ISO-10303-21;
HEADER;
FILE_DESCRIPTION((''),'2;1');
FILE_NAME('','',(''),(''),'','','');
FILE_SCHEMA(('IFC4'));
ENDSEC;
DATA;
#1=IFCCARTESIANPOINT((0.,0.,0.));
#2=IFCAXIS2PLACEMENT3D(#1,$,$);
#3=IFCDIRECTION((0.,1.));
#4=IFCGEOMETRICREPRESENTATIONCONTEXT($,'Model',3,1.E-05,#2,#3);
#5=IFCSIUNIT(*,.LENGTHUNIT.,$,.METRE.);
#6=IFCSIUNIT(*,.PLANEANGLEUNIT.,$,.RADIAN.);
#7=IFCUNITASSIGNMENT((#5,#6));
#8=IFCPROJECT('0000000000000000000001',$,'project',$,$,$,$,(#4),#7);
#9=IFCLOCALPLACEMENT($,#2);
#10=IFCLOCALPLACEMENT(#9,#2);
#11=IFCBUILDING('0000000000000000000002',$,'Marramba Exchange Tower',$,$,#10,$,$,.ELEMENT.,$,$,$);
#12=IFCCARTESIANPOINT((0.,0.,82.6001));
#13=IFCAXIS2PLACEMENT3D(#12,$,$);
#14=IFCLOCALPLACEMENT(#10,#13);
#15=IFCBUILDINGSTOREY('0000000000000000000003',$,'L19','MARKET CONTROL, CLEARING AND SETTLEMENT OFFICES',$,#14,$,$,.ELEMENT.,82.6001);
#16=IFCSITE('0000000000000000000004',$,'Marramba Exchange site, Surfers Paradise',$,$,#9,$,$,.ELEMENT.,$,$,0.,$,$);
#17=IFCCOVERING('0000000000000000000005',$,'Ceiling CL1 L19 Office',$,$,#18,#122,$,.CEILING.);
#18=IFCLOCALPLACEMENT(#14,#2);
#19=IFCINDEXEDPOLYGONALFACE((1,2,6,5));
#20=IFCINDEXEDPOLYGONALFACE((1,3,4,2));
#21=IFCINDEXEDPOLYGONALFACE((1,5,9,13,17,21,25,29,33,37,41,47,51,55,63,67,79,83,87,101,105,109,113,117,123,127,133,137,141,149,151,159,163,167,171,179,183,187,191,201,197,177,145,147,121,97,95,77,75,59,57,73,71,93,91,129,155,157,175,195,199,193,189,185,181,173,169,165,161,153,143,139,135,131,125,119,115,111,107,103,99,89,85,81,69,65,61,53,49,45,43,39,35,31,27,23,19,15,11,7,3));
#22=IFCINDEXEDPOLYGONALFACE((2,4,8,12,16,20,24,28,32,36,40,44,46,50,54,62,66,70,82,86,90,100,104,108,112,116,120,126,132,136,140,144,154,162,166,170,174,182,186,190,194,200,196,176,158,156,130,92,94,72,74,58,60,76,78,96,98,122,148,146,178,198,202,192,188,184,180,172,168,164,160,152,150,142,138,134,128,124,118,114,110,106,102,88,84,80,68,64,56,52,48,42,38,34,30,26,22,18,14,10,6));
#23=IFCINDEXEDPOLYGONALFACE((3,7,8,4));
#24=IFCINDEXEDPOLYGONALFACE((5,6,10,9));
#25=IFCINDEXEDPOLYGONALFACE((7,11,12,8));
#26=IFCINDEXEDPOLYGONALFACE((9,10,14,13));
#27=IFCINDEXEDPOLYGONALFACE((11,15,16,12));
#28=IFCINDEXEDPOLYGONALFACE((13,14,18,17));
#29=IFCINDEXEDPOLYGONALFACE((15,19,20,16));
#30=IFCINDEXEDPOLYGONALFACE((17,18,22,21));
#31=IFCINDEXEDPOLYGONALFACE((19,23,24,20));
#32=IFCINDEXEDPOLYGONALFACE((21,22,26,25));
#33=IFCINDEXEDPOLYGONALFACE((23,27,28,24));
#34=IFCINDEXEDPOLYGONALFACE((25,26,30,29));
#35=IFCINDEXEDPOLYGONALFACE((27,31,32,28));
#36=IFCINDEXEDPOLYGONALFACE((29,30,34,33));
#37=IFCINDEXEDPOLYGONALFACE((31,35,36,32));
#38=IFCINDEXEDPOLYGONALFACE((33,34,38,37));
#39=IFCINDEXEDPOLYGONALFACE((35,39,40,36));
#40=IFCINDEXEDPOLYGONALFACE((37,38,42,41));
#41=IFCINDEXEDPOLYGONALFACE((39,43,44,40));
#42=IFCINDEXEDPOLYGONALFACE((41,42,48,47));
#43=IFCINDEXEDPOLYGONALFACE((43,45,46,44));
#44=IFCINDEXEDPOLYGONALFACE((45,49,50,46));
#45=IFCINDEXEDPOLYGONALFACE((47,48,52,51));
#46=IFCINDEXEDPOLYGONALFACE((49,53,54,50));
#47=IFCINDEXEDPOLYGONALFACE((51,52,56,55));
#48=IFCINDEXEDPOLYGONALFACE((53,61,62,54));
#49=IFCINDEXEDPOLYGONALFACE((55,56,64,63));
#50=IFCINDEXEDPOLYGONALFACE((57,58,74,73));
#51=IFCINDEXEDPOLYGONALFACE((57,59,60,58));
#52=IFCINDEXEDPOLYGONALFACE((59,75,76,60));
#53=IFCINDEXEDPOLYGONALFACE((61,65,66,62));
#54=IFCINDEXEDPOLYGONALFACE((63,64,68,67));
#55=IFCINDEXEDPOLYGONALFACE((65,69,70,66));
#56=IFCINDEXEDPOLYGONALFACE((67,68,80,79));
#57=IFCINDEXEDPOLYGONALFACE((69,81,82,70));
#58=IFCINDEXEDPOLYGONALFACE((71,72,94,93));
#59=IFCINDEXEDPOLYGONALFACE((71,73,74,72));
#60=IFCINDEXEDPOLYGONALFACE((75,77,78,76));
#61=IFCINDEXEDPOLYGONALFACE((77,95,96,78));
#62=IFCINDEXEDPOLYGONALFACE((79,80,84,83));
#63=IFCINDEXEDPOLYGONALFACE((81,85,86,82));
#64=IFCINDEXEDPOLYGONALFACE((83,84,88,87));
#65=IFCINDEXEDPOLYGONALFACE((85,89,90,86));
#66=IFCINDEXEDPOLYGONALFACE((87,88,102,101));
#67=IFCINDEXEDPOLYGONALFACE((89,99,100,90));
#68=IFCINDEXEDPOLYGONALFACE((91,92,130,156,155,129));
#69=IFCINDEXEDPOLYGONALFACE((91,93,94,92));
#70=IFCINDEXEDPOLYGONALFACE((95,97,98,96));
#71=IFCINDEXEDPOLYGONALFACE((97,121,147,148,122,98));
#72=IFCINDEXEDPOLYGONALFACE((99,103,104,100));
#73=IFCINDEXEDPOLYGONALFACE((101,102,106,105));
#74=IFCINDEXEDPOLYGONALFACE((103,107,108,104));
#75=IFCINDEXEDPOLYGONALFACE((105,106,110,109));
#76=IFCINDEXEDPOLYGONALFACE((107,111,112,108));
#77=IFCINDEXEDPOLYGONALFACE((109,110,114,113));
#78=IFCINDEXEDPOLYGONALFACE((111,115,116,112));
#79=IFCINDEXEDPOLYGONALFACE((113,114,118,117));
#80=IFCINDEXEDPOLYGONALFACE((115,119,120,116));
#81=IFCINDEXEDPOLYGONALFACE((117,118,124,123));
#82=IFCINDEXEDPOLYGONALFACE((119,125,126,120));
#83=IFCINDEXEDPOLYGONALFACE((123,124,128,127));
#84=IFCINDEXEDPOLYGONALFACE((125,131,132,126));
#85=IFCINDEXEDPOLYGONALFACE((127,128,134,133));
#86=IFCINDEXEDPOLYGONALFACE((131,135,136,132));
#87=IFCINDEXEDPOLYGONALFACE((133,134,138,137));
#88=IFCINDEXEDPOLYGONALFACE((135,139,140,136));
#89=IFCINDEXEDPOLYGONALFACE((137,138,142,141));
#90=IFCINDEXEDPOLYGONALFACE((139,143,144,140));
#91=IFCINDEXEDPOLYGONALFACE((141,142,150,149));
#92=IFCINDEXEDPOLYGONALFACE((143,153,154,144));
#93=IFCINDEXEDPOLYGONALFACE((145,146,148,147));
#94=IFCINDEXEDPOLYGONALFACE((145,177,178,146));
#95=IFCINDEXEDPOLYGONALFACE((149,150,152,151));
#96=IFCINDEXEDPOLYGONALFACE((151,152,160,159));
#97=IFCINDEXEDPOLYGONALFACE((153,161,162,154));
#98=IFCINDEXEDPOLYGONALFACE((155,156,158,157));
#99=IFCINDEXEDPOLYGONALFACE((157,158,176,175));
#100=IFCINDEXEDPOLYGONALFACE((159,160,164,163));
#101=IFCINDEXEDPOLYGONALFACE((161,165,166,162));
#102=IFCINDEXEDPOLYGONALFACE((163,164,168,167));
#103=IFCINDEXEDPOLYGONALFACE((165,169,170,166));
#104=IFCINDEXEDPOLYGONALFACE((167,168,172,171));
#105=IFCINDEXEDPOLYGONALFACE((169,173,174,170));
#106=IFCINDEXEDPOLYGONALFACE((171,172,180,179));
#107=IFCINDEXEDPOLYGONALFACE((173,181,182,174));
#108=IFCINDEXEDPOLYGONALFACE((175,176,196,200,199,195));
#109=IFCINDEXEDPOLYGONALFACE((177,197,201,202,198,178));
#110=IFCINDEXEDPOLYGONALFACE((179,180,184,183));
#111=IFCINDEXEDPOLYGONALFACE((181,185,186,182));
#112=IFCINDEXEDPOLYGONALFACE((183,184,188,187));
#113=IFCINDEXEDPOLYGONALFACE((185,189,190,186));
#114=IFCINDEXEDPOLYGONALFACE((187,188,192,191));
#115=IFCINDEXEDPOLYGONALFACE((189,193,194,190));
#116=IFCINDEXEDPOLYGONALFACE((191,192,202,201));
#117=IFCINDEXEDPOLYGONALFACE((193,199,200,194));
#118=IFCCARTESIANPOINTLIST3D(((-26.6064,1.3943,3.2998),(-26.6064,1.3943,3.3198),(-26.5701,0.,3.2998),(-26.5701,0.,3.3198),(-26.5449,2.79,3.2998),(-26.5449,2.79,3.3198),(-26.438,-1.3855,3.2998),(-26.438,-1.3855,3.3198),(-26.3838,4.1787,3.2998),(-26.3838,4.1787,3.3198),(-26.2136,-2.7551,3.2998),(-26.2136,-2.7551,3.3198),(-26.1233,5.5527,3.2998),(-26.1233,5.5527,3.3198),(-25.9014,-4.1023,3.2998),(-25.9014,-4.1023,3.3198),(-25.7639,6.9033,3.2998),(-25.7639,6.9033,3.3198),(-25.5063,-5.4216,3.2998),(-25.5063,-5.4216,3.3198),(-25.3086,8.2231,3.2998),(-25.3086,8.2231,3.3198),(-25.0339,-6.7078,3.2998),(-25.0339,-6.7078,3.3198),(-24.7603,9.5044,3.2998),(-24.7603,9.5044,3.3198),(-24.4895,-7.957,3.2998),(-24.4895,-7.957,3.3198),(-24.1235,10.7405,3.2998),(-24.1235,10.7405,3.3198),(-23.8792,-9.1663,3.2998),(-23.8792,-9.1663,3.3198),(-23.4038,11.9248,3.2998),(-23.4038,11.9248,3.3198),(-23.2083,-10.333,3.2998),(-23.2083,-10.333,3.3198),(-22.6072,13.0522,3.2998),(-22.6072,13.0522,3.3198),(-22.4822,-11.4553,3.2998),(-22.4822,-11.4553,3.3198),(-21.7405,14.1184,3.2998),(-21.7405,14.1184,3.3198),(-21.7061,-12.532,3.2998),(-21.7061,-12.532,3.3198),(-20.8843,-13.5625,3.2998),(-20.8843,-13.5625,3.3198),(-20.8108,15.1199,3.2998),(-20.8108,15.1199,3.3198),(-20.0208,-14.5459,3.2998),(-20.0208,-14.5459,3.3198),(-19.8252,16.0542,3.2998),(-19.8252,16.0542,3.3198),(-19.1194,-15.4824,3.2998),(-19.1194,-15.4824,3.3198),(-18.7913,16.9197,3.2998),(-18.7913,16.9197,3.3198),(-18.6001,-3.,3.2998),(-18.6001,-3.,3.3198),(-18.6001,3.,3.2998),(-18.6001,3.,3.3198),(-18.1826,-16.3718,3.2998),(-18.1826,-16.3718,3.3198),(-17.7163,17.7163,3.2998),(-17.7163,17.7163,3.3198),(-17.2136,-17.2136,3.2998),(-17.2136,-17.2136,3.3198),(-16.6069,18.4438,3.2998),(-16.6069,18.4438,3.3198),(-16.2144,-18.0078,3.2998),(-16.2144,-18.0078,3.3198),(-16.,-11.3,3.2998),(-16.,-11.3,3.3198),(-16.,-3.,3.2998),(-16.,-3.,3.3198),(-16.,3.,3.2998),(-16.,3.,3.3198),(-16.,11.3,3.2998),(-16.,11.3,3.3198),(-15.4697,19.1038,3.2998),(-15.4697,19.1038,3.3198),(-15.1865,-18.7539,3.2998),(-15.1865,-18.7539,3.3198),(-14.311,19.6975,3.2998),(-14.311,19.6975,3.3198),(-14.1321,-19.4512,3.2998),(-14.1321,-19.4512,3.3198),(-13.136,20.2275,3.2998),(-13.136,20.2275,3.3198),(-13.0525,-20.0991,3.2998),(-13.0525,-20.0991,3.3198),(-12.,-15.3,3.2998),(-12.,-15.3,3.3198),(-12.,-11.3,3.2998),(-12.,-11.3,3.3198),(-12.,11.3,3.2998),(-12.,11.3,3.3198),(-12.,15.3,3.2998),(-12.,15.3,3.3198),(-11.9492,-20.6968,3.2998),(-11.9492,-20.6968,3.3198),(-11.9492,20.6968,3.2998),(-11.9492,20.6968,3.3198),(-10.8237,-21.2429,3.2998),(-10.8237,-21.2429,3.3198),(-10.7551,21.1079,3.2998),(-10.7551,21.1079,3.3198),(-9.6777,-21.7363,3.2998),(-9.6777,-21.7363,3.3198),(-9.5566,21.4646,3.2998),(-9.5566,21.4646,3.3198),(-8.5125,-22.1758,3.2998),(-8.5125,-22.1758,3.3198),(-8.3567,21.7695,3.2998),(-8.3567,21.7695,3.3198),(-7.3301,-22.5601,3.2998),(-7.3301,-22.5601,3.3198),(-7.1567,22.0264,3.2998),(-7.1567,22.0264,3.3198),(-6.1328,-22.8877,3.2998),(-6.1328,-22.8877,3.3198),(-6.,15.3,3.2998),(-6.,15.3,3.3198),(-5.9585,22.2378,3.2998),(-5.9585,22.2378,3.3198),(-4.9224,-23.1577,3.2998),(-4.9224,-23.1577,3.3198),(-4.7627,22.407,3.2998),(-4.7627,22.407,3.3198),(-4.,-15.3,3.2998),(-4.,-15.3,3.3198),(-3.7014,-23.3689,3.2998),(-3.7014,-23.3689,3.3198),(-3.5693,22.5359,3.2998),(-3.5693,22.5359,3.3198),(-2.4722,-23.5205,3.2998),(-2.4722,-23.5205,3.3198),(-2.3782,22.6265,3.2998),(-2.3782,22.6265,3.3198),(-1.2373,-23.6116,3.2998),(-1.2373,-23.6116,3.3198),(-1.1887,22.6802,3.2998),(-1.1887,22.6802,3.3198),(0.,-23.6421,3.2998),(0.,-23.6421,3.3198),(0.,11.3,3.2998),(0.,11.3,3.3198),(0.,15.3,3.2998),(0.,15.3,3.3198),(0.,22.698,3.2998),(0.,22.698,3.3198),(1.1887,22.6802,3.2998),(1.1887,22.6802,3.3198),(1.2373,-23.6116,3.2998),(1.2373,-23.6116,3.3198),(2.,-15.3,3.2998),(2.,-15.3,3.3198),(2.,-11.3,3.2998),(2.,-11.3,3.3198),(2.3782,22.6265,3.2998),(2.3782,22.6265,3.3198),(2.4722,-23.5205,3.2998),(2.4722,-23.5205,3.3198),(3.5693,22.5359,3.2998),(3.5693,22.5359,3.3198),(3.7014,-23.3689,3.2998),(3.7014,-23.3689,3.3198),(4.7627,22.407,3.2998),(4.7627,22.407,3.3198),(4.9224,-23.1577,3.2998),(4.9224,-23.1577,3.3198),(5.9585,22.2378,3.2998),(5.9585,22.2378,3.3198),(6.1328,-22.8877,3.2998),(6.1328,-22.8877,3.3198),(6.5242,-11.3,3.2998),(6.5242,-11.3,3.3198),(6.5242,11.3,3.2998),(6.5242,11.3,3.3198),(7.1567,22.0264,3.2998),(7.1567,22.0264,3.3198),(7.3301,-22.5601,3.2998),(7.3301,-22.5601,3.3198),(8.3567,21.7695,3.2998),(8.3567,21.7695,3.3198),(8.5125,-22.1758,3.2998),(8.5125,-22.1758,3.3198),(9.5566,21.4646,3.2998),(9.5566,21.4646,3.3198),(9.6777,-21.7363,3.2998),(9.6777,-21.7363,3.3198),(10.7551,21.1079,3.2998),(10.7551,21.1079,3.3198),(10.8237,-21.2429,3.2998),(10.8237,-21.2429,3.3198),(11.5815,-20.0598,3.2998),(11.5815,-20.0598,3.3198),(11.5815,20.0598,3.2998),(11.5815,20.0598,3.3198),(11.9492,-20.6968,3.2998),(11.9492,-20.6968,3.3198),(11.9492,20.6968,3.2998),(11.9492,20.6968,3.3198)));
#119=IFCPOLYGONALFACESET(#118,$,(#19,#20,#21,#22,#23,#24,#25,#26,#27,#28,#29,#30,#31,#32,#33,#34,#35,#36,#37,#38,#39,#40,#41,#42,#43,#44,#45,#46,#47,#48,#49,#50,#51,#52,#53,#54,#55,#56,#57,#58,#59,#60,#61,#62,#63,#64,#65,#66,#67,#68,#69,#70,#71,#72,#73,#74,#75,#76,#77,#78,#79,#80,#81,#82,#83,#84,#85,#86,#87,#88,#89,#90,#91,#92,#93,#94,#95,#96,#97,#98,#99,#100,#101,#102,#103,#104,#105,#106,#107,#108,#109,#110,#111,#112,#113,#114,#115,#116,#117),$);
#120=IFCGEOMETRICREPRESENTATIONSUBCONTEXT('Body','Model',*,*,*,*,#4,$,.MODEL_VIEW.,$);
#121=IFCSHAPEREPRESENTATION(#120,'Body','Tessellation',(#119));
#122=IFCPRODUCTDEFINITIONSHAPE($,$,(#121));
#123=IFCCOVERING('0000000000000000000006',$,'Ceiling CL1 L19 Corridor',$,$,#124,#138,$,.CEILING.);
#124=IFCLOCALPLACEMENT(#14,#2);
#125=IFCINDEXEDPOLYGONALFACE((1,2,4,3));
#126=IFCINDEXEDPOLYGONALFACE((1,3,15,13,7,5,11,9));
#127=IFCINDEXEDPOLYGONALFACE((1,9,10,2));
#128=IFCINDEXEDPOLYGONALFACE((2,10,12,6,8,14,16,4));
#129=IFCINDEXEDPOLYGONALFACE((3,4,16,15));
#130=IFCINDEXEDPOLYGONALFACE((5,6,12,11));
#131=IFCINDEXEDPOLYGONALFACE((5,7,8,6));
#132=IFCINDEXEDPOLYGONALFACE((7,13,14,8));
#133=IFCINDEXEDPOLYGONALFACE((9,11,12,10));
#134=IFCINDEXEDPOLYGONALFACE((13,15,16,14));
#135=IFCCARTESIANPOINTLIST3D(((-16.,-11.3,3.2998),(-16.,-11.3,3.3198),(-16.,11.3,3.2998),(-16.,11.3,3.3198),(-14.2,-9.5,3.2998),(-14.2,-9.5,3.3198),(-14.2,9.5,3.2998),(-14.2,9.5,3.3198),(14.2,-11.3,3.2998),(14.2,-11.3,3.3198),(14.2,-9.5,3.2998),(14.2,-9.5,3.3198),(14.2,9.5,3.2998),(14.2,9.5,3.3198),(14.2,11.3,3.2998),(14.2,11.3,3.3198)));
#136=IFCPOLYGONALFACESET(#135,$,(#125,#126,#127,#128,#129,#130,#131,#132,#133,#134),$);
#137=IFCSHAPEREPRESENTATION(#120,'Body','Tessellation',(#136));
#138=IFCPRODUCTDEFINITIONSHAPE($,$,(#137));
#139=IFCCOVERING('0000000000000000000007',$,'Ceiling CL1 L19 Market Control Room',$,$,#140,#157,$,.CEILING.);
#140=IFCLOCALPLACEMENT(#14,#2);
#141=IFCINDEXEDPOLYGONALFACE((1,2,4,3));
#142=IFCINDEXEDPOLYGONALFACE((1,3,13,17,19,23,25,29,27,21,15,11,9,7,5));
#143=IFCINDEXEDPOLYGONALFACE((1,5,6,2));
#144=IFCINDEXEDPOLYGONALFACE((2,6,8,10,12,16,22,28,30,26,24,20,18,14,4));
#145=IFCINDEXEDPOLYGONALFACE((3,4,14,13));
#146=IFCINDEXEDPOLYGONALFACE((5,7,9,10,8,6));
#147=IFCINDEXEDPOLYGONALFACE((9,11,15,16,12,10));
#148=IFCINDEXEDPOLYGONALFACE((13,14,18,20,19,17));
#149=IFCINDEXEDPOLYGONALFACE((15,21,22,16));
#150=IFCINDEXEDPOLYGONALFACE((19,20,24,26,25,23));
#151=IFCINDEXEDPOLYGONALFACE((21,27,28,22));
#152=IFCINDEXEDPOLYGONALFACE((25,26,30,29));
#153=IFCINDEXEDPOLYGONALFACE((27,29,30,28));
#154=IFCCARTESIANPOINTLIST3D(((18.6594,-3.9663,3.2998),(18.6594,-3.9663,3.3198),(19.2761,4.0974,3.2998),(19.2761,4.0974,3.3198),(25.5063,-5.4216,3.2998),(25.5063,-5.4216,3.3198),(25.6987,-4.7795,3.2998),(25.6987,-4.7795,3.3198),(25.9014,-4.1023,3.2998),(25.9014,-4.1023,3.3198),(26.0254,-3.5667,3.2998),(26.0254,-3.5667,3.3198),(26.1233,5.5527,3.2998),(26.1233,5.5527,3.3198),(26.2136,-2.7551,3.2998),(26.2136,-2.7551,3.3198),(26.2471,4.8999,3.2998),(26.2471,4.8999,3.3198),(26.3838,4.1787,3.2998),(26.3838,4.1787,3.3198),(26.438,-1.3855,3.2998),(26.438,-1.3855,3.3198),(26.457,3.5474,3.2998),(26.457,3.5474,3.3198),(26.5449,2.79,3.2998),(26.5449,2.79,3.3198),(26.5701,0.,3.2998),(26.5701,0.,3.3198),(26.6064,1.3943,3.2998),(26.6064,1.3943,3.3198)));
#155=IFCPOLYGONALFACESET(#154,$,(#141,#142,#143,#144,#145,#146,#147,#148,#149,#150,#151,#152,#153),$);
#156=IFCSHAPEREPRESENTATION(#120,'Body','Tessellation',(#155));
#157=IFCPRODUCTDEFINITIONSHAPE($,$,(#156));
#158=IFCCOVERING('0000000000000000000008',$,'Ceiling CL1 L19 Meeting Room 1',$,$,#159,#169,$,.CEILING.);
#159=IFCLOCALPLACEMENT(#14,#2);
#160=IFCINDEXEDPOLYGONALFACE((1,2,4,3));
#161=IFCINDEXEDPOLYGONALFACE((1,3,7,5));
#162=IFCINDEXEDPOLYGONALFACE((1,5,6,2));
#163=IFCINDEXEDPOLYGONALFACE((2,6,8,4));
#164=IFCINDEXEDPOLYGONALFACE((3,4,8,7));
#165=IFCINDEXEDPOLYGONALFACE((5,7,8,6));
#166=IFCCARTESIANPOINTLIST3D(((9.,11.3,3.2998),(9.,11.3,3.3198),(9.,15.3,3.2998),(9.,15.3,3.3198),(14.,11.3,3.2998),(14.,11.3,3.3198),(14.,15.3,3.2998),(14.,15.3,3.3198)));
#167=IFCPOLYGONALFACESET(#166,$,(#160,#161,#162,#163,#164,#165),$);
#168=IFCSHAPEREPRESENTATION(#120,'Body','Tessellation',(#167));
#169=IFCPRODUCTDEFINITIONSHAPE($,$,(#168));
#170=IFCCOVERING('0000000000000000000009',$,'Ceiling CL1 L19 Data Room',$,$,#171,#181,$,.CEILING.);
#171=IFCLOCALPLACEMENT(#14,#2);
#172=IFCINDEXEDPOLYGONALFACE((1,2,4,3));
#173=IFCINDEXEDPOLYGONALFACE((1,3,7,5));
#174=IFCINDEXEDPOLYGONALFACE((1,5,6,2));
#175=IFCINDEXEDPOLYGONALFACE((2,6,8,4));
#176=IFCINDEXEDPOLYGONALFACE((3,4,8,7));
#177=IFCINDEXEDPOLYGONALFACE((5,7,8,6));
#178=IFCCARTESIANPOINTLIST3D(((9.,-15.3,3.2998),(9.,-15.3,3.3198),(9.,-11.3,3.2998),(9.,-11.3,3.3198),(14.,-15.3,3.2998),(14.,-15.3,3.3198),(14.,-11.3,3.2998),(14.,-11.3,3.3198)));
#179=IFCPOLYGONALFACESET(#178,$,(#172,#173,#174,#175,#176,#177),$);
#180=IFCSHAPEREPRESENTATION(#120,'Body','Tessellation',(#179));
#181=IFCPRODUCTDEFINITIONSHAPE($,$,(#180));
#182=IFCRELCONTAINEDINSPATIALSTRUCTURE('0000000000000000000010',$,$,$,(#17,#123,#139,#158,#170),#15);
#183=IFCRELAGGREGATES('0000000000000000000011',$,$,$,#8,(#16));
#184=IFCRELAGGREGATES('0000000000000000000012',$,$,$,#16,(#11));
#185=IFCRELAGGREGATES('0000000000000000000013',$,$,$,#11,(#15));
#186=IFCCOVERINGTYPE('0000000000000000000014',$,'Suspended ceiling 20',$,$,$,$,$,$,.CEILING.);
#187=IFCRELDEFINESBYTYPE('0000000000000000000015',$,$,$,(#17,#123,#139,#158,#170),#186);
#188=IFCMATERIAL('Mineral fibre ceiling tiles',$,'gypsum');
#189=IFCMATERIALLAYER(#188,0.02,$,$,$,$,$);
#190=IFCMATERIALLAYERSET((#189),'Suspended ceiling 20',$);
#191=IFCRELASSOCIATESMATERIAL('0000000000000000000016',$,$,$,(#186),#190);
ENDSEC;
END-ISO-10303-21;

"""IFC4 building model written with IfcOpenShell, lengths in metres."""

from ifc_helpers import new_model, si_unit, direction, frame, origin, place, context, subcontext, project, spatial, polyline, outline, extrude, material, layer, layer_set, type_object, element, save


model = new_model("IFC4")

# Units and contexts
model_context = context("Model", 3, precision=1e-05, world=origin(), true_north=direction((0.0, 1.0)))
body_context = subcontext(model_context, "Body", "Model", "MODEL_VIEW")
ifc_project = project(units=[si_unit("LENGTHUNIT", "METRE"), si_unit("PLANEANGLEUNIT", "RADIAN")], contexts=[model_context])

# Site, building, storey
site_placement = place(None, origin())
site = spatial("IfcSite", under=ifc_project, at=site_placement, Name="Marramba Exchange site, Surfers Paradise", CompositionType="ELEMENT", RefElevation=0.0)
building_placement = place(site_placement, origin())
building = spatial("IfcBuilding", under=site, at=building_placement, Name="Marramba Exchange Tower", CompositionType="ELEMENT")
storey_placement = place(building_placement, frame((0.0, 0.0, 82.6001)))
storey = spatial("IfcBuildingStorey", under=building, at=storey_placement, Name="L19", Description="MARKET CONTROL, CLEARING AND SETTLEMENT OFFICES", CompositionType="ELEMENT", Elevation=82.6001)

# Coverings
ifc_material_1 = material(Name="Mineral fibre ceiling tiles", Category="gypsum")
ifc_layer_1 = layer(ifc_material_1, 0.02)
ifc_layer_set_1 = layer_set([ifc_layer_1], Name="Suspended ceiling 20")
covering_type_1 = type_object("IfcCoveringType", Name="Suspended ceiling 20", PredefinedType="CEILING", material=ifc_layer_set_1)
covering_1_placement = place(storey_placement, frame((0.0, 0.0, 3.2998)))
element("IfcCovering", 1, at=covering_1_placement, inside=storey, type_object=covering_type_1, Name="Ceiling CL1 L19 Office", PredefinedType="CEILING", context=body_context, shape_type="SweptSolid", body=[
    extrude(outline(polyline([(-16.0, 3.0), (-18.6001, 3.0), (-18.6001, -3.0), (-16.0, -3.0), (-16.0, -11.3), (-12.0, -11.3), (-12.0, -15.3), (-4.0, -15.3), (2.0, -15.3), (2.0, -11.3), (6.5242, -11.3), (11.5815, -20.0598), (11.9492, -20.6968), (10.8237, -21.2429), (9.6777, -21.7363), (8.5125, -22.1758), (7.3301, -22.5601), (6.1328, -22.8877), (4.9224, -23.1577), (3.7014, -23.3689), (2.4722, -23.5205), (1.2373, -23.6116), (0.0, -23.6421), (-1.2373, -23.6116), (-2.4722, -23.5205), (-3.7014, -23.3689), (-4.9224, -23.1577), (-6.1328, -22.8877), (-7.3301, -22.5601), (-8.5125, -22.1758), (-9.6777, -21.7363), (-10.8237, -21.2429), (-11.9492, -20.6968), (-13.0525, -20.0991), (-14.1321, -19.4512), (-15.1865, -18.7539), (-16.2144, -18.0078), (-17.2136, -17.2136), (-18.1826, -16.3718), (-19.1194, -15.4824), (-20.0208, -14.5459), (-20.8843, -13.5625), (-21.7061, -12.532), (-22.4822, -11.4553), (-23.2083, -10.333), (-23.8792, -9.1663), (-24.4895, -7.957), (-25.0339, -6.7078), (-25.5063, -5.4216), (-25.9014, -4.1023), (-26.2136, -2.7551), (-26.438, -1.3855), (-26.5701, 0.0), (-26.6064, 1.3943), (-26.5449, 2.79), (-26.3838, 4.1787), (-26.1233, 5.5527), (-25.7639, 6.9033), (-25.3086, 8.2231), (-24.7603, 9.5044), (-24.1235, 10.7405), (-23.4038, 11.9248), (-22.6072, 13.0522), (-21.7405, 14.1184), (-20.8108, 15.1199), (-19.8252, 16.0542), (-18.7913, 16.9197), (-17.7163, 17.7163), (-16.6069, 18.4438), (-15.4697, 19.1038), (-14.311, 19.6975), (-13.136, 20.2275), (-11.9492, 20.6968), (-10.7551, 21.1079), (-9.5566, 21.4646), (-8.3567, 21.7695), (-7.1567, 22.0264), (-5.9585, 22.2378), (-4.7627, 22.407), (-3.5693, 22.5359), (-2.3782, 22.6265), (-1.1887, 22.6802), (0.0, 22.698), (1.1887, 22.6802), (2.3782, 22.6265), (3.5693, 22.5359), (4.7627, 22.407), (5.9585, 22.2378), (7.1567, 22.0264), (8.3567, 21.7695), (9.5566, 21.4646), (10.7551, 21.1079), (11.9492, 20.6968), (11.5815, 20.0598), (6.5242, 11.3), (0.0, 11.3), (0.0, 15.3), (-6.0, 15.3), (-12.0, 15.3), (-12.0, 11.3), (-16.0, 11.3), (-16.0, 3.0)])), origin(), (0.0, 0.0, 1.0), 0.02),
])
covering_2_placement = place(storey_placement, frame((0.0, 0.0, 3.2998)))
element("IfcCovering", 2, at=covering_2_placement, inside=storey, type_object=covering_type_1, Name="Ceiling CL1 L19 Corridor", PredefinedType="CEILING", context=body_context, shape_type="SweptSolid", body=[
    extrude(outline(polyline([(-16.0, -11.3), (-16.0, 11.3), (14.2, 11.3), (14.2, 9.5), (-14.2, 9.5), (-14.2, -9.5), (14.2, -9.5), (14.2, -11.3), (-16.0, -11.3)])), origin(), (0.0, 0.0, 1.0), 0.02),
])
covering_3_placement = place(storey_placement, frame((0.0, 0.0, 3.2998)))
element("IfcCovering", 3, at=covering_3_placement, inside=storey, type_object=covering_type_1, Name="Ceiling CL1 L19 Market Control Room", PredefinedType="CEILING", context=body_context, shape_type="SweptSolid", body=[
    extrude(outline(polyline([(26.2471, 4.8999), (26.3838, 4.1787), (26.457, 3.5474), (26.5449, 2.79), (26.6064, 1.3943), (26.5701, 0.0), (26.438, -1.3855), (26.2136, -2.7551), (26.0254, -3.5667), (25.9014, -4.1023), (25.6987, -4.7795), (25.5063, -5.4216), (18.6594, -3.9663), (19.2761, 4.0974), (26.1233, 5.5527), (26.2471, 4.8999)])), origin(), (0.0, 0.0, 1.0), 0.02),
])
covering_4_placement = place(storey_placement, frame((0.0, 0.0, 3.2998)))
element("IfcCovering", 4, at=covering_4_placement, inside=storey, type_object=covering_type_1, Name="Ceiling CL1 L19 Meeting Room 1", PredefinedType="CEILING", context=body_context, shape_type="SweptSolid", body=[
    extrude(outline(polyline([(14.0, 11.3), (9.0, 11.3), (9.0, 15.3), (14.0, 15.3), (14.0, 11.3)])), origin(), (0.0, 0.0, 1.0), 0.02),
])
covering_5_placement = place(storey_placement, frame((0.0, 0.0, 3.2998)))
element("IfcCovering", 5, at=covering_5_placement, inside=storey, type_object=covering_type_1, Name="Ceiling CL1 L19 Data Room", PredefinedType="CEILING", context=body_context, shape_type="SweptSolid", body=[
    extrude(outline(polyline([(14.0, -15.3), (9.0, -15.3), (9.0, -11.3), (14.0, -11.3), (14.0, -15.3)])), origin(), (0.0, 0.0, 1.0), 0.02),
])

save(model, "model.ifc")
